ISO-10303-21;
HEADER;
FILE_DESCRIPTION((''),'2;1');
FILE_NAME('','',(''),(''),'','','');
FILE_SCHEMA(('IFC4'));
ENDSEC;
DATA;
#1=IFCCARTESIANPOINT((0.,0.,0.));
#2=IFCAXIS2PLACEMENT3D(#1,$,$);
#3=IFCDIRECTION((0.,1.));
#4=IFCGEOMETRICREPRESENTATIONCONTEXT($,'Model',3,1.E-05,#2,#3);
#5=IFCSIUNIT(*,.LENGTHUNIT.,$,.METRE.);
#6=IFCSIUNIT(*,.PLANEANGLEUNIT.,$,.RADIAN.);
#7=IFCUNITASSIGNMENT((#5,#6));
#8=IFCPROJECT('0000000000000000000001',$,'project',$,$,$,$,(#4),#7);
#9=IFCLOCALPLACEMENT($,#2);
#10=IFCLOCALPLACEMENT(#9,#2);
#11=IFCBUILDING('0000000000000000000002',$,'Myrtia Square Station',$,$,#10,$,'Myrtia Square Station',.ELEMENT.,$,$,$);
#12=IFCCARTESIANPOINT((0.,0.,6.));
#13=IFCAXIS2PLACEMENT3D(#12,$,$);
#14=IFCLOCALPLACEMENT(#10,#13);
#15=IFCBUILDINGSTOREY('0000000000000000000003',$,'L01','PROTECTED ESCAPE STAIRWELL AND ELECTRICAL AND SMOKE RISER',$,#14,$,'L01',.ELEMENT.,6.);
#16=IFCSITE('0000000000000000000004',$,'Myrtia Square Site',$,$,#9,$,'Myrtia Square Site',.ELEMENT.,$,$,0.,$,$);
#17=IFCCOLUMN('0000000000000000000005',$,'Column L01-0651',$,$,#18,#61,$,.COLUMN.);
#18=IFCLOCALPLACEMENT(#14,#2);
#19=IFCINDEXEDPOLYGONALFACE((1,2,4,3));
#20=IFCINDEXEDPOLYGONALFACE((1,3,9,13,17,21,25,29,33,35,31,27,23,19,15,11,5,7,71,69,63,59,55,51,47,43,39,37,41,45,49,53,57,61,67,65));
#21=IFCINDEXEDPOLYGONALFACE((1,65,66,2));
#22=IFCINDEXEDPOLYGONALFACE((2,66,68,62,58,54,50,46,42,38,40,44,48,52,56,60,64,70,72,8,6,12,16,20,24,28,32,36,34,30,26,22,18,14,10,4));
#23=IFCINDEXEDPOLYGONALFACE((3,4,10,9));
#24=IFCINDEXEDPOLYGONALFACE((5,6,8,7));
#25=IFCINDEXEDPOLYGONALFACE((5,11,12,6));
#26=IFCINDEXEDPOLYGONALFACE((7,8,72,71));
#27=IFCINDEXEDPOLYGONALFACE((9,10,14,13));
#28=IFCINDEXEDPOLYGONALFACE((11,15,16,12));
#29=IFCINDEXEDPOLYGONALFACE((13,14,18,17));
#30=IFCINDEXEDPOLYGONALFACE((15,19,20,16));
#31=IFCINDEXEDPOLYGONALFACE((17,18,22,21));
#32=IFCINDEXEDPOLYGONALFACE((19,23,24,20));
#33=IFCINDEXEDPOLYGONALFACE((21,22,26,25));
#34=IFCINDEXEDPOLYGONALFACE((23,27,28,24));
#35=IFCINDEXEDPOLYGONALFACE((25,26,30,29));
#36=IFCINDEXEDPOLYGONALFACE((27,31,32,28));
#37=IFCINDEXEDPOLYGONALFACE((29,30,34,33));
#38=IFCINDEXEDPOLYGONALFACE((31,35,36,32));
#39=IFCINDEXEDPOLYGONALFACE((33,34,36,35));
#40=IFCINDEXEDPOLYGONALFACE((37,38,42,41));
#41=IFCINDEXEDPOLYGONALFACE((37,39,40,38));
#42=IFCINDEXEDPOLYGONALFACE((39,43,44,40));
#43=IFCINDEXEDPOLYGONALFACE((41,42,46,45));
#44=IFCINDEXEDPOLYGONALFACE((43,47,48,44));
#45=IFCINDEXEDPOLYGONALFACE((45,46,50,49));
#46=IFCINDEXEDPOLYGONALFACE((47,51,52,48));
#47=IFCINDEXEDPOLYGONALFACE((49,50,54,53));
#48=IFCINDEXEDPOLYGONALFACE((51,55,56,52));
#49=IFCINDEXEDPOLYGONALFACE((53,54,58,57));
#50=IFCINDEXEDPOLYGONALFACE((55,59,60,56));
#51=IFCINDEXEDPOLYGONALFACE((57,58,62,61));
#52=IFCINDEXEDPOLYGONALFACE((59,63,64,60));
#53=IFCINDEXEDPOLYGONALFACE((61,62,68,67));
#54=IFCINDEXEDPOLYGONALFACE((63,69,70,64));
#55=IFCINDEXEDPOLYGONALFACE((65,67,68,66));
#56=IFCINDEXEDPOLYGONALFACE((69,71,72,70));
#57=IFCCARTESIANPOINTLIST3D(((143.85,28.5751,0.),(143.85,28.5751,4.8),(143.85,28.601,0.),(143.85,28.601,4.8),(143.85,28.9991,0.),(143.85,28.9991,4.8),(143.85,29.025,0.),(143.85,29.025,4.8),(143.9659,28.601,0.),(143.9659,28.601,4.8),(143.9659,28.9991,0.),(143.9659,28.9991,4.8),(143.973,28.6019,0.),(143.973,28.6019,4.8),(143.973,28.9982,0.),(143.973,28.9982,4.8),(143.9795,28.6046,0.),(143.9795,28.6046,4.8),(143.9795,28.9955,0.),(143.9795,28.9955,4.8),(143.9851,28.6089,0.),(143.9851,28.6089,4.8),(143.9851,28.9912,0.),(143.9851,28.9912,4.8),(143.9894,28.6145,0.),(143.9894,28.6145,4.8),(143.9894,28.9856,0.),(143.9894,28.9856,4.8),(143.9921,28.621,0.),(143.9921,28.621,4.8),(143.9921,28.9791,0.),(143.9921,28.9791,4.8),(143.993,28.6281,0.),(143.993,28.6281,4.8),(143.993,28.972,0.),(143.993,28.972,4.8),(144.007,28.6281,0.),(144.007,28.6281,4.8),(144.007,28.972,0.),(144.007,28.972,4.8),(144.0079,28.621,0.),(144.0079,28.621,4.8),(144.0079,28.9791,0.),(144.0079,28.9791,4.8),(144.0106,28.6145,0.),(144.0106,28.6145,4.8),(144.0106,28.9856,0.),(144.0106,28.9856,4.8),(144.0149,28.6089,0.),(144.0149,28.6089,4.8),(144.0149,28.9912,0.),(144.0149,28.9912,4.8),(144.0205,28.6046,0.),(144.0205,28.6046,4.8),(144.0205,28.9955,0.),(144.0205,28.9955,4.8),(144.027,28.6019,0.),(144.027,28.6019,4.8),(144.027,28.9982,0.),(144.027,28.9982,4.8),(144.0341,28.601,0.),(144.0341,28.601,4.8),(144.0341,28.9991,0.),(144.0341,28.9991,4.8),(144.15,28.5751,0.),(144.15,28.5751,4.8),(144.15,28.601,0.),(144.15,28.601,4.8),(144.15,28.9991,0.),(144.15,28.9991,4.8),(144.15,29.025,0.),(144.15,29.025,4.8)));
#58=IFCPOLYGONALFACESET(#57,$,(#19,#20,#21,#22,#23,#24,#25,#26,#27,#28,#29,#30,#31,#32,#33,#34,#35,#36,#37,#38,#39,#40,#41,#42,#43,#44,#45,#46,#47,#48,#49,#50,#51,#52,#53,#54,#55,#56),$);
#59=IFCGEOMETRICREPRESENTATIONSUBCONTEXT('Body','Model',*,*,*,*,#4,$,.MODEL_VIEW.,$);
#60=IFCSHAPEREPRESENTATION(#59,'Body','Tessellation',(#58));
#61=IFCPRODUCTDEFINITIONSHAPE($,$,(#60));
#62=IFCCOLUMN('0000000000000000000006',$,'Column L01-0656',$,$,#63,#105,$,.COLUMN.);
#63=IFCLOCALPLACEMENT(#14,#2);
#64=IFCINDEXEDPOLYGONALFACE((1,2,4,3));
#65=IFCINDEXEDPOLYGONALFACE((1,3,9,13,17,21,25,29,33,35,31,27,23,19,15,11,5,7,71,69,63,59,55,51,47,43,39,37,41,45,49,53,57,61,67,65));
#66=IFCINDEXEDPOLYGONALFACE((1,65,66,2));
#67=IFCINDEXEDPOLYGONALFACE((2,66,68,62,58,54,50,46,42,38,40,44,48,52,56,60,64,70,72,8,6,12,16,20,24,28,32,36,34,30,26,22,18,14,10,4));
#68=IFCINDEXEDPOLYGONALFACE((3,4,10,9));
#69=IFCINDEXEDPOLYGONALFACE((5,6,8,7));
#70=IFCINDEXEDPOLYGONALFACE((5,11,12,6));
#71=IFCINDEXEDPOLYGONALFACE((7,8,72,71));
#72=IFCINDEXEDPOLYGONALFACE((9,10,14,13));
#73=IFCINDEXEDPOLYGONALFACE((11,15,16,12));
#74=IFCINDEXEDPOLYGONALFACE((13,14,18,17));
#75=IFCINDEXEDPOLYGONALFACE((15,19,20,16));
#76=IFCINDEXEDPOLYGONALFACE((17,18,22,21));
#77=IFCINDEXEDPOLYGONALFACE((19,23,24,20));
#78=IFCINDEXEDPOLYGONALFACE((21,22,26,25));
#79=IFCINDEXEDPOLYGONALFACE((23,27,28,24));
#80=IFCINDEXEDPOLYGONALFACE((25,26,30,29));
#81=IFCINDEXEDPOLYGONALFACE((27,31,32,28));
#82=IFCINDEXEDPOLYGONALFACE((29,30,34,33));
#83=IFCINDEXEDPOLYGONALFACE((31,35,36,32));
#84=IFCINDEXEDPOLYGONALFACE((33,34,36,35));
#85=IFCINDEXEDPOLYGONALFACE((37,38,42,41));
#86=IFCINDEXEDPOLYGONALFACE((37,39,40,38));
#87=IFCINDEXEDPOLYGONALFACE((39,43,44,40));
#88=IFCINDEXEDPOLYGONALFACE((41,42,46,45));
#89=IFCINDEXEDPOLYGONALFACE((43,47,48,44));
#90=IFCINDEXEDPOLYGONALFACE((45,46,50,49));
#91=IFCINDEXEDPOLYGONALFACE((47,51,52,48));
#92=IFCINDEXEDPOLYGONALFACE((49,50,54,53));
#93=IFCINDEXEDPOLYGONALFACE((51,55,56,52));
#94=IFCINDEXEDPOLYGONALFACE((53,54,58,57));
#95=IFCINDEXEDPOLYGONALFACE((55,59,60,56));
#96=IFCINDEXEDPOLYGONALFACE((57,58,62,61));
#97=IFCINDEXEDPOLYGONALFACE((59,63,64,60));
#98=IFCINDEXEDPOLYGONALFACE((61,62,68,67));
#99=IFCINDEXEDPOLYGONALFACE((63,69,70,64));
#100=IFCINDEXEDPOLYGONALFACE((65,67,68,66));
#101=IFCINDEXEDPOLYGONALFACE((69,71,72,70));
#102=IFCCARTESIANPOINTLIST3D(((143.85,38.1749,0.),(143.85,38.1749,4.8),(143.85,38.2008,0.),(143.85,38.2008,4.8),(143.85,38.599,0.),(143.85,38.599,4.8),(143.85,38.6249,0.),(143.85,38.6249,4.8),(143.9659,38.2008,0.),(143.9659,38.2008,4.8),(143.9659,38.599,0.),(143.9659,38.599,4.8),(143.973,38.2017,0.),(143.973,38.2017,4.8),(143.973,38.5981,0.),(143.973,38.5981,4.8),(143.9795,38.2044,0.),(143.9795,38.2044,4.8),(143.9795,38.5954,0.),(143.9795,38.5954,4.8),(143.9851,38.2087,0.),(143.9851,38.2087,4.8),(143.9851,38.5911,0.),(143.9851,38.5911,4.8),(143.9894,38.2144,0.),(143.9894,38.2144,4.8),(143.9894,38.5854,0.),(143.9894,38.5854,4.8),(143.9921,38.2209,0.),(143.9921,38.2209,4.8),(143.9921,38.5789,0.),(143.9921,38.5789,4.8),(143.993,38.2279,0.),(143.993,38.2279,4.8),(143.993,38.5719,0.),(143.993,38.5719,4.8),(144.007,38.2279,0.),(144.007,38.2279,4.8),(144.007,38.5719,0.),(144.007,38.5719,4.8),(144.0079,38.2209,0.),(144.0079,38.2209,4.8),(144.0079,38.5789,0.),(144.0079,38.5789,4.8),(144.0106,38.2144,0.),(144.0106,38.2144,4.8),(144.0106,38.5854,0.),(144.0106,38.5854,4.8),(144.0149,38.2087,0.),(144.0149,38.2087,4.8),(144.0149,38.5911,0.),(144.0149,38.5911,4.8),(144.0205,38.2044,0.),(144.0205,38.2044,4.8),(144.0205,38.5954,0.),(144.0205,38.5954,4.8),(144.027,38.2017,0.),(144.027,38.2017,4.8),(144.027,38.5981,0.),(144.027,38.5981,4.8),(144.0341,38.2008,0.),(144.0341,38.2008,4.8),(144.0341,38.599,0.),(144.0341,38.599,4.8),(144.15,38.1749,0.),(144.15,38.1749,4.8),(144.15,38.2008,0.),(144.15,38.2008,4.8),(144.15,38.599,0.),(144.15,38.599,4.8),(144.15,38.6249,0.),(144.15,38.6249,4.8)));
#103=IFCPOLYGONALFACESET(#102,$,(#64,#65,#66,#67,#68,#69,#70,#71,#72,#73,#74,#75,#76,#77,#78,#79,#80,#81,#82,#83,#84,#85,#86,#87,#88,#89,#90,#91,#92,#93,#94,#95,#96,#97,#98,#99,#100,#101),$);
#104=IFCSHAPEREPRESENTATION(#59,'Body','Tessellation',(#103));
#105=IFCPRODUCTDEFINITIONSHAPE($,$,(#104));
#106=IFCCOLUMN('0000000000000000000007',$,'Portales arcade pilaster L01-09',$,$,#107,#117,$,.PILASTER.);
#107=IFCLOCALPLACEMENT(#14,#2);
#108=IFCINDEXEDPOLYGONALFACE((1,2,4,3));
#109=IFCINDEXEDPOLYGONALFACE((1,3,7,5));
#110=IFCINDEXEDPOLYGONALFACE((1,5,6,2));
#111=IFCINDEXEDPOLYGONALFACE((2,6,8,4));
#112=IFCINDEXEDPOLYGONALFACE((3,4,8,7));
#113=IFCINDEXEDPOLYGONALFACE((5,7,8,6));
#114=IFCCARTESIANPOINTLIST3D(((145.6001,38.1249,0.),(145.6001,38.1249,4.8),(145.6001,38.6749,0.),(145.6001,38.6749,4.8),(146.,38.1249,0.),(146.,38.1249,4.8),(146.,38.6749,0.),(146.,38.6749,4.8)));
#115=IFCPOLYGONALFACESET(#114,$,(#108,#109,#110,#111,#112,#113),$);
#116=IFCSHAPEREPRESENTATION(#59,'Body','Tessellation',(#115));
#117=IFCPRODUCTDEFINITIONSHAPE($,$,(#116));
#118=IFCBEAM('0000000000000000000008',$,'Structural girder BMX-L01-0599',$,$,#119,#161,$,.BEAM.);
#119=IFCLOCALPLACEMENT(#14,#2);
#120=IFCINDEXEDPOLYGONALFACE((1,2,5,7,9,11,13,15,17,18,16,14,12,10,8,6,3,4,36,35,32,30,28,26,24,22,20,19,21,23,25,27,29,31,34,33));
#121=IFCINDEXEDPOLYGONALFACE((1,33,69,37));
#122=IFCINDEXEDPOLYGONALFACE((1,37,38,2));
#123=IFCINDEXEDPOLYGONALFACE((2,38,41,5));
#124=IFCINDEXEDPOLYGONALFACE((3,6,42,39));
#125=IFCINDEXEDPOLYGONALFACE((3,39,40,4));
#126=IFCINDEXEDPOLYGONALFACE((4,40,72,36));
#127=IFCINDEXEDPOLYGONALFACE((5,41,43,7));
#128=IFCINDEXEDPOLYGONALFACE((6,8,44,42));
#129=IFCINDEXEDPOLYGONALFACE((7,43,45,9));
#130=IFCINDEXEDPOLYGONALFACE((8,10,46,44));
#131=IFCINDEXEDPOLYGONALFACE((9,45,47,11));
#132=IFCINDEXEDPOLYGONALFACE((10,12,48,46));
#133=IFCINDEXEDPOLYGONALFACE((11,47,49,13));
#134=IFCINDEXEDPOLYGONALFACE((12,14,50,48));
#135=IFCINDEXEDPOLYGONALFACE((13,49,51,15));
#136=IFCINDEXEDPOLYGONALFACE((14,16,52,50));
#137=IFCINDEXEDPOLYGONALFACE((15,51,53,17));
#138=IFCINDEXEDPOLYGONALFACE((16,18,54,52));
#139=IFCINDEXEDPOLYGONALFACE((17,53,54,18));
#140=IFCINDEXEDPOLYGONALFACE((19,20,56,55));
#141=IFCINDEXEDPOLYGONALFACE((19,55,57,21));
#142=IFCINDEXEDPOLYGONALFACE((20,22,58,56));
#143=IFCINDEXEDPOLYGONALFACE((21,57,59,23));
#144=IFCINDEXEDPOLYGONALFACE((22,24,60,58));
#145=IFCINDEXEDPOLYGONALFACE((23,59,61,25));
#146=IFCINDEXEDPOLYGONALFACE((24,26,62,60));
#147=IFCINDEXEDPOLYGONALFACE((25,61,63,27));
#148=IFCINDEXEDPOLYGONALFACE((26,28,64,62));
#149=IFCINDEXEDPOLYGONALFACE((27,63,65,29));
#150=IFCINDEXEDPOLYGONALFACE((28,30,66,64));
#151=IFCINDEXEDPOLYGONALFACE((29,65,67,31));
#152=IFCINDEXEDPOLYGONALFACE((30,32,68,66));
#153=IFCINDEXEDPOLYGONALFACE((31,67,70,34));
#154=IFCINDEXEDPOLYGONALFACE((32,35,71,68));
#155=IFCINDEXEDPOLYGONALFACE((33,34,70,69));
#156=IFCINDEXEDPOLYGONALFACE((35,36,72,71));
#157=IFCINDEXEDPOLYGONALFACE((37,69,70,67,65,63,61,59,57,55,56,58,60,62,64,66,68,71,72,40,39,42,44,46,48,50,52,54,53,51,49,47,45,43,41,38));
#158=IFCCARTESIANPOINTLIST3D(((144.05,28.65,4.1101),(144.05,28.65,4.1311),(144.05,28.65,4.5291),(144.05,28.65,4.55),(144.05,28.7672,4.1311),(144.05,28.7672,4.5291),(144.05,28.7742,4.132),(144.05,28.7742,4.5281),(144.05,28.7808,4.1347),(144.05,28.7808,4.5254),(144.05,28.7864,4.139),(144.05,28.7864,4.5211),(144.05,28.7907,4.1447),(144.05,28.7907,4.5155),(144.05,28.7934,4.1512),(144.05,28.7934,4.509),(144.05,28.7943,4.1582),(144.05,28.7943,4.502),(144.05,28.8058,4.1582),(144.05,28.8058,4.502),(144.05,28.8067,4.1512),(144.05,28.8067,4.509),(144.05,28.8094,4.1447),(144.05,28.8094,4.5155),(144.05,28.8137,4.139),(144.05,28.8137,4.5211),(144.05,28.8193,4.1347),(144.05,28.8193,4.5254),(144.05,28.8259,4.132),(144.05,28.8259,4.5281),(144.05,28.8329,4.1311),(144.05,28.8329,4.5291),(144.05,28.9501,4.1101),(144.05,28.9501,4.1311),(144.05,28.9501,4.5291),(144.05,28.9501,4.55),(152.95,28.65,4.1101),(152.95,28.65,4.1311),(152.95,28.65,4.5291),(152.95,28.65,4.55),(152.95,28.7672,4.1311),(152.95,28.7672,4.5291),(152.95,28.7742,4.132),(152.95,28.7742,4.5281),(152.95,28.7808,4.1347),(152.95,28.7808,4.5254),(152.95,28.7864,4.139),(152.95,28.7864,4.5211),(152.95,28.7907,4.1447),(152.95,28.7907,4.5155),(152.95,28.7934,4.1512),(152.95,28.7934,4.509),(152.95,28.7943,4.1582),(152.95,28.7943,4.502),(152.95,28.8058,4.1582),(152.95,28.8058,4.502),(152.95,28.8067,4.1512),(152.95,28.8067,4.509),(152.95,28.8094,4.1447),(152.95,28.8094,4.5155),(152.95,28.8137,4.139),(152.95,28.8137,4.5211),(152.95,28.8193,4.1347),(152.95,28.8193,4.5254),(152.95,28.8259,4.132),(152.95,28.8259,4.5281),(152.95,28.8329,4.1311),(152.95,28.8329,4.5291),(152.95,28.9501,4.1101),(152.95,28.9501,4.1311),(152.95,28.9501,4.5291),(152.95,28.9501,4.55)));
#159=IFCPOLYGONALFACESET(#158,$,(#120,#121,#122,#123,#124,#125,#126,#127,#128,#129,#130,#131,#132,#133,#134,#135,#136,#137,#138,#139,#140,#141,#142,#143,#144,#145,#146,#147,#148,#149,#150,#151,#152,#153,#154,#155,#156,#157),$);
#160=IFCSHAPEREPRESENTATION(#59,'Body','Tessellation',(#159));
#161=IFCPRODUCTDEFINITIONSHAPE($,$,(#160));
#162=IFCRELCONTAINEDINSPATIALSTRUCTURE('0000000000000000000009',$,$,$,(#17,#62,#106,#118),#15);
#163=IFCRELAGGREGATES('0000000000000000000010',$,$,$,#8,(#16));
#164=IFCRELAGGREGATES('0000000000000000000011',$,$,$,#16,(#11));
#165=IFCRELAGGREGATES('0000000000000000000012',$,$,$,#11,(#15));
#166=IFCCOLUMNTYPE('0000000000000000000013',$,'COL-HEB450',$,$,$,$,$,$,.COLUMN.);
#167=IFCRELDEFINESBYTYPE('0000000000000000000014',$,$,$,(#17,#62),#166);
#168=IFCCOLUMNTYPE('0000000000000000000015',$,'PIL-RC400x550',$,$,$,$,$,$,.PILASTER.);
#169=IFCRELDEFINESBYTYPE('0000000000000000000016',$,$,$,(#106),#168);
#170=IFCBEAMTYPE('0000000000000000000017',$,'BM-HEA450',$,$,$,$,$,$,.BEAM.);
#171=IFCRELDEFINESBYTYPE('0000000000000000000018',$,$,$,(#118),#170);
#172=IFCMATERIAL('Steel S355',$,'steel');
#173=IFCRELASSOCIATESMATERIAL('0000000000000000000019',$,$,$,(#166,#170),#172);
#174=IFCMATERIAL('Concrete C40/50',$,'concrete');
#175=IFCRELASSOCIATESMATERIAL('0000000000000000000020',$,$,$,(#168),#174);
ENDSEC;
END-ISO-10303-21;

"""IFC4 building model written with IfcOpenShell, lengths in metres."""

from ifc_helpers import new_model, si_unit, direction, frame, origin, origin_2d, place, context, subcontext, project, spatial, rectangle, i_section, extrude, material, material_profile, profile_set, type_object, element, save


model = new_model("IFC4")

# Units and contexts
model_context = context("Model", 3, precision=1e-05, world=origin(), true_north=direction((0.0, 1.0)))
body_context = subcontext(model_context, "Body", "Model", "MODEL_VIEW")
ifc_project = project(units=[si_unit("LENGTHUNIT", "METRE"), si_unit("PLANEANGLEUNIT", "RADIAN")], contexts=[model_context])

# Site, building, storey
site_placement = place(None, origin())
site = spatial("IfcSite", under=ifc_project, at=site_placement, Name="Myrtia Square Site", LongName="Myrtia Square Site", CompositionType="ELEMENT", RefElevation=0.0)
building_placement = place(site_placement, origin())
building = spatial("IfcBuilding", under=site, at=building_placement, Name="Myrtia Square Station", LongName="Myrtia Square Station", CompositionType="ELEMENT")
storey_placement = place(building_placement, frame((0.0, 0.0, 6.0)))
storey = spatial("IfcBuildingStorey", under=building, at=storey_placement, Name="L01", Description="PROTECTED ESCAPE STAIRWELL AND ELECTRICAL AND SMOKE RISER", LongName="L01", CompositionType="ELEMENT", Elevation=6.0)

# Columns
ifc_material_1 = material(Name="Steel S355", Category="steel")
ifc_material_profile_1 = material_profile(ifc_material_1, i_section(OverallWidth=0.3, OverallDepth=0.45, WebThickness=0.0139, FlangeThickness=0.0259, FilletRadius=0.0271, at=origin_2d()), Name="HEB 450")
ifc_profile_set_1 = profile_set([ifc_material_profile_1], Name="Steel S355")
column_type_1 = type_object("IfcColumnType", Name="COL-HEB450", PredefinedType="COLUMN", material=ifc_profile_set_1)
for number, where, z_axis, x_axis, name in (
    (1, (144.0, 28.8, 0.0), (0.0, 0.0, 1.0), (1.0, 0.0, 0.0), "Column L01-0651"),
    (2, (144.0, 38.3999, 0.0), (0.0, 0.0, 1.0), (1.0, 0.0, 0.0), "Column L01-0656"),
):
    element("IfcColumn", number, at=place(storey_placement, frame(where, z_axis=z_axis, x_axis=x_axis)), inside=storey, type_object=column_type_1, Name=name, PredefinedType="COLUMN", context=body_context, shape_type="SweptSolid", body=[
        extrude(i_section(OverallWidth=0.3, OverallDepth=0.45, WebThickness=0.0139, FlangeThickness=0.0259, FilletRadius=0.0271, at=origin_2d()), origin(), (0.0, 0.0, 1.0), 4.8),
    ])
ifc_material_2 = material(Name="Concrete C40/50", Category="concrete")
ifc_material_profile_2 = material_profile(ifc_material_2, rectangle(XDim=0.3999, YDim=0.55, at=origin_2d()), Name="PIL 400x550")
ifc_profile_set_2 = profile_set([ifc_material_profile_2], Name="Concrete C40/50")
column_type_2 = type_object("IfcColumnType", Name="PIL-RC400x550", PredefinedType="PILASTER", material=ifc_profile_set_2)
column_placement = place(storey_placement, frame((145.8, 38.3999, 0.0), z_axis=(0.0, 0.0, 1.0), x_axis=(1.0, 0.0, 0.0)))
element("IfcColumn", 3, at=column_placement, inside=storey, type_object=column_type_2, Name="Portales arcade pilaster L01-09", PredefinedType="PILASTER", context=body_context, shape_type="SweptSolid", body=[
    extrude(rectangle(XDim=0.3999, YDim=0.55, at=origin_2d()), origin(), (0.0, 0.0, 1.0), 4.8),
])

# Beam
ifc_material_profile_3 = material_profile(ifc_material_1, i_section(OverallWidth=0.3, OverallDepth=0.4399, WebThickness=0.0115, FlangeThickness=0.021, FilletRadius=0.0271, at=origin_2d()), Name="HEA 450")
ifc_profile_set_3 = profile_set([ifc_material_profile_3], Name="Steel S355")
beam_type_1 = type_object("IfcBeamType", Name="BM-HEA450", PredefinedType="BEAM", material=ifc_profile_set_3)
beam_1_placement = place(storey_placement, frame((144.05, 28.8, 4.3301), z_axis=(1.0, 0.0, 0.0), x_axis=(0.0, 1.0, 0.0)))
element("IfcBeam", 4, at=beam_1_placement, inside=storey, type_object=beam_type_1, Name="Structural girder BMX-L01-0599", PredefinedType="BEAM", context=body_context, shape_type="SweptSolid", body=[
    extrude(i_section(OverallWidth=0.3, OverallDepth=0.4399, WebThickness=0.0115, FlangeThickness=0.021, FilletRadius=0.0271, at=origin_2d()), origin(), (0.0, 0.0, 1.0), 8.8999),
])

save(model, "model.ifc")
